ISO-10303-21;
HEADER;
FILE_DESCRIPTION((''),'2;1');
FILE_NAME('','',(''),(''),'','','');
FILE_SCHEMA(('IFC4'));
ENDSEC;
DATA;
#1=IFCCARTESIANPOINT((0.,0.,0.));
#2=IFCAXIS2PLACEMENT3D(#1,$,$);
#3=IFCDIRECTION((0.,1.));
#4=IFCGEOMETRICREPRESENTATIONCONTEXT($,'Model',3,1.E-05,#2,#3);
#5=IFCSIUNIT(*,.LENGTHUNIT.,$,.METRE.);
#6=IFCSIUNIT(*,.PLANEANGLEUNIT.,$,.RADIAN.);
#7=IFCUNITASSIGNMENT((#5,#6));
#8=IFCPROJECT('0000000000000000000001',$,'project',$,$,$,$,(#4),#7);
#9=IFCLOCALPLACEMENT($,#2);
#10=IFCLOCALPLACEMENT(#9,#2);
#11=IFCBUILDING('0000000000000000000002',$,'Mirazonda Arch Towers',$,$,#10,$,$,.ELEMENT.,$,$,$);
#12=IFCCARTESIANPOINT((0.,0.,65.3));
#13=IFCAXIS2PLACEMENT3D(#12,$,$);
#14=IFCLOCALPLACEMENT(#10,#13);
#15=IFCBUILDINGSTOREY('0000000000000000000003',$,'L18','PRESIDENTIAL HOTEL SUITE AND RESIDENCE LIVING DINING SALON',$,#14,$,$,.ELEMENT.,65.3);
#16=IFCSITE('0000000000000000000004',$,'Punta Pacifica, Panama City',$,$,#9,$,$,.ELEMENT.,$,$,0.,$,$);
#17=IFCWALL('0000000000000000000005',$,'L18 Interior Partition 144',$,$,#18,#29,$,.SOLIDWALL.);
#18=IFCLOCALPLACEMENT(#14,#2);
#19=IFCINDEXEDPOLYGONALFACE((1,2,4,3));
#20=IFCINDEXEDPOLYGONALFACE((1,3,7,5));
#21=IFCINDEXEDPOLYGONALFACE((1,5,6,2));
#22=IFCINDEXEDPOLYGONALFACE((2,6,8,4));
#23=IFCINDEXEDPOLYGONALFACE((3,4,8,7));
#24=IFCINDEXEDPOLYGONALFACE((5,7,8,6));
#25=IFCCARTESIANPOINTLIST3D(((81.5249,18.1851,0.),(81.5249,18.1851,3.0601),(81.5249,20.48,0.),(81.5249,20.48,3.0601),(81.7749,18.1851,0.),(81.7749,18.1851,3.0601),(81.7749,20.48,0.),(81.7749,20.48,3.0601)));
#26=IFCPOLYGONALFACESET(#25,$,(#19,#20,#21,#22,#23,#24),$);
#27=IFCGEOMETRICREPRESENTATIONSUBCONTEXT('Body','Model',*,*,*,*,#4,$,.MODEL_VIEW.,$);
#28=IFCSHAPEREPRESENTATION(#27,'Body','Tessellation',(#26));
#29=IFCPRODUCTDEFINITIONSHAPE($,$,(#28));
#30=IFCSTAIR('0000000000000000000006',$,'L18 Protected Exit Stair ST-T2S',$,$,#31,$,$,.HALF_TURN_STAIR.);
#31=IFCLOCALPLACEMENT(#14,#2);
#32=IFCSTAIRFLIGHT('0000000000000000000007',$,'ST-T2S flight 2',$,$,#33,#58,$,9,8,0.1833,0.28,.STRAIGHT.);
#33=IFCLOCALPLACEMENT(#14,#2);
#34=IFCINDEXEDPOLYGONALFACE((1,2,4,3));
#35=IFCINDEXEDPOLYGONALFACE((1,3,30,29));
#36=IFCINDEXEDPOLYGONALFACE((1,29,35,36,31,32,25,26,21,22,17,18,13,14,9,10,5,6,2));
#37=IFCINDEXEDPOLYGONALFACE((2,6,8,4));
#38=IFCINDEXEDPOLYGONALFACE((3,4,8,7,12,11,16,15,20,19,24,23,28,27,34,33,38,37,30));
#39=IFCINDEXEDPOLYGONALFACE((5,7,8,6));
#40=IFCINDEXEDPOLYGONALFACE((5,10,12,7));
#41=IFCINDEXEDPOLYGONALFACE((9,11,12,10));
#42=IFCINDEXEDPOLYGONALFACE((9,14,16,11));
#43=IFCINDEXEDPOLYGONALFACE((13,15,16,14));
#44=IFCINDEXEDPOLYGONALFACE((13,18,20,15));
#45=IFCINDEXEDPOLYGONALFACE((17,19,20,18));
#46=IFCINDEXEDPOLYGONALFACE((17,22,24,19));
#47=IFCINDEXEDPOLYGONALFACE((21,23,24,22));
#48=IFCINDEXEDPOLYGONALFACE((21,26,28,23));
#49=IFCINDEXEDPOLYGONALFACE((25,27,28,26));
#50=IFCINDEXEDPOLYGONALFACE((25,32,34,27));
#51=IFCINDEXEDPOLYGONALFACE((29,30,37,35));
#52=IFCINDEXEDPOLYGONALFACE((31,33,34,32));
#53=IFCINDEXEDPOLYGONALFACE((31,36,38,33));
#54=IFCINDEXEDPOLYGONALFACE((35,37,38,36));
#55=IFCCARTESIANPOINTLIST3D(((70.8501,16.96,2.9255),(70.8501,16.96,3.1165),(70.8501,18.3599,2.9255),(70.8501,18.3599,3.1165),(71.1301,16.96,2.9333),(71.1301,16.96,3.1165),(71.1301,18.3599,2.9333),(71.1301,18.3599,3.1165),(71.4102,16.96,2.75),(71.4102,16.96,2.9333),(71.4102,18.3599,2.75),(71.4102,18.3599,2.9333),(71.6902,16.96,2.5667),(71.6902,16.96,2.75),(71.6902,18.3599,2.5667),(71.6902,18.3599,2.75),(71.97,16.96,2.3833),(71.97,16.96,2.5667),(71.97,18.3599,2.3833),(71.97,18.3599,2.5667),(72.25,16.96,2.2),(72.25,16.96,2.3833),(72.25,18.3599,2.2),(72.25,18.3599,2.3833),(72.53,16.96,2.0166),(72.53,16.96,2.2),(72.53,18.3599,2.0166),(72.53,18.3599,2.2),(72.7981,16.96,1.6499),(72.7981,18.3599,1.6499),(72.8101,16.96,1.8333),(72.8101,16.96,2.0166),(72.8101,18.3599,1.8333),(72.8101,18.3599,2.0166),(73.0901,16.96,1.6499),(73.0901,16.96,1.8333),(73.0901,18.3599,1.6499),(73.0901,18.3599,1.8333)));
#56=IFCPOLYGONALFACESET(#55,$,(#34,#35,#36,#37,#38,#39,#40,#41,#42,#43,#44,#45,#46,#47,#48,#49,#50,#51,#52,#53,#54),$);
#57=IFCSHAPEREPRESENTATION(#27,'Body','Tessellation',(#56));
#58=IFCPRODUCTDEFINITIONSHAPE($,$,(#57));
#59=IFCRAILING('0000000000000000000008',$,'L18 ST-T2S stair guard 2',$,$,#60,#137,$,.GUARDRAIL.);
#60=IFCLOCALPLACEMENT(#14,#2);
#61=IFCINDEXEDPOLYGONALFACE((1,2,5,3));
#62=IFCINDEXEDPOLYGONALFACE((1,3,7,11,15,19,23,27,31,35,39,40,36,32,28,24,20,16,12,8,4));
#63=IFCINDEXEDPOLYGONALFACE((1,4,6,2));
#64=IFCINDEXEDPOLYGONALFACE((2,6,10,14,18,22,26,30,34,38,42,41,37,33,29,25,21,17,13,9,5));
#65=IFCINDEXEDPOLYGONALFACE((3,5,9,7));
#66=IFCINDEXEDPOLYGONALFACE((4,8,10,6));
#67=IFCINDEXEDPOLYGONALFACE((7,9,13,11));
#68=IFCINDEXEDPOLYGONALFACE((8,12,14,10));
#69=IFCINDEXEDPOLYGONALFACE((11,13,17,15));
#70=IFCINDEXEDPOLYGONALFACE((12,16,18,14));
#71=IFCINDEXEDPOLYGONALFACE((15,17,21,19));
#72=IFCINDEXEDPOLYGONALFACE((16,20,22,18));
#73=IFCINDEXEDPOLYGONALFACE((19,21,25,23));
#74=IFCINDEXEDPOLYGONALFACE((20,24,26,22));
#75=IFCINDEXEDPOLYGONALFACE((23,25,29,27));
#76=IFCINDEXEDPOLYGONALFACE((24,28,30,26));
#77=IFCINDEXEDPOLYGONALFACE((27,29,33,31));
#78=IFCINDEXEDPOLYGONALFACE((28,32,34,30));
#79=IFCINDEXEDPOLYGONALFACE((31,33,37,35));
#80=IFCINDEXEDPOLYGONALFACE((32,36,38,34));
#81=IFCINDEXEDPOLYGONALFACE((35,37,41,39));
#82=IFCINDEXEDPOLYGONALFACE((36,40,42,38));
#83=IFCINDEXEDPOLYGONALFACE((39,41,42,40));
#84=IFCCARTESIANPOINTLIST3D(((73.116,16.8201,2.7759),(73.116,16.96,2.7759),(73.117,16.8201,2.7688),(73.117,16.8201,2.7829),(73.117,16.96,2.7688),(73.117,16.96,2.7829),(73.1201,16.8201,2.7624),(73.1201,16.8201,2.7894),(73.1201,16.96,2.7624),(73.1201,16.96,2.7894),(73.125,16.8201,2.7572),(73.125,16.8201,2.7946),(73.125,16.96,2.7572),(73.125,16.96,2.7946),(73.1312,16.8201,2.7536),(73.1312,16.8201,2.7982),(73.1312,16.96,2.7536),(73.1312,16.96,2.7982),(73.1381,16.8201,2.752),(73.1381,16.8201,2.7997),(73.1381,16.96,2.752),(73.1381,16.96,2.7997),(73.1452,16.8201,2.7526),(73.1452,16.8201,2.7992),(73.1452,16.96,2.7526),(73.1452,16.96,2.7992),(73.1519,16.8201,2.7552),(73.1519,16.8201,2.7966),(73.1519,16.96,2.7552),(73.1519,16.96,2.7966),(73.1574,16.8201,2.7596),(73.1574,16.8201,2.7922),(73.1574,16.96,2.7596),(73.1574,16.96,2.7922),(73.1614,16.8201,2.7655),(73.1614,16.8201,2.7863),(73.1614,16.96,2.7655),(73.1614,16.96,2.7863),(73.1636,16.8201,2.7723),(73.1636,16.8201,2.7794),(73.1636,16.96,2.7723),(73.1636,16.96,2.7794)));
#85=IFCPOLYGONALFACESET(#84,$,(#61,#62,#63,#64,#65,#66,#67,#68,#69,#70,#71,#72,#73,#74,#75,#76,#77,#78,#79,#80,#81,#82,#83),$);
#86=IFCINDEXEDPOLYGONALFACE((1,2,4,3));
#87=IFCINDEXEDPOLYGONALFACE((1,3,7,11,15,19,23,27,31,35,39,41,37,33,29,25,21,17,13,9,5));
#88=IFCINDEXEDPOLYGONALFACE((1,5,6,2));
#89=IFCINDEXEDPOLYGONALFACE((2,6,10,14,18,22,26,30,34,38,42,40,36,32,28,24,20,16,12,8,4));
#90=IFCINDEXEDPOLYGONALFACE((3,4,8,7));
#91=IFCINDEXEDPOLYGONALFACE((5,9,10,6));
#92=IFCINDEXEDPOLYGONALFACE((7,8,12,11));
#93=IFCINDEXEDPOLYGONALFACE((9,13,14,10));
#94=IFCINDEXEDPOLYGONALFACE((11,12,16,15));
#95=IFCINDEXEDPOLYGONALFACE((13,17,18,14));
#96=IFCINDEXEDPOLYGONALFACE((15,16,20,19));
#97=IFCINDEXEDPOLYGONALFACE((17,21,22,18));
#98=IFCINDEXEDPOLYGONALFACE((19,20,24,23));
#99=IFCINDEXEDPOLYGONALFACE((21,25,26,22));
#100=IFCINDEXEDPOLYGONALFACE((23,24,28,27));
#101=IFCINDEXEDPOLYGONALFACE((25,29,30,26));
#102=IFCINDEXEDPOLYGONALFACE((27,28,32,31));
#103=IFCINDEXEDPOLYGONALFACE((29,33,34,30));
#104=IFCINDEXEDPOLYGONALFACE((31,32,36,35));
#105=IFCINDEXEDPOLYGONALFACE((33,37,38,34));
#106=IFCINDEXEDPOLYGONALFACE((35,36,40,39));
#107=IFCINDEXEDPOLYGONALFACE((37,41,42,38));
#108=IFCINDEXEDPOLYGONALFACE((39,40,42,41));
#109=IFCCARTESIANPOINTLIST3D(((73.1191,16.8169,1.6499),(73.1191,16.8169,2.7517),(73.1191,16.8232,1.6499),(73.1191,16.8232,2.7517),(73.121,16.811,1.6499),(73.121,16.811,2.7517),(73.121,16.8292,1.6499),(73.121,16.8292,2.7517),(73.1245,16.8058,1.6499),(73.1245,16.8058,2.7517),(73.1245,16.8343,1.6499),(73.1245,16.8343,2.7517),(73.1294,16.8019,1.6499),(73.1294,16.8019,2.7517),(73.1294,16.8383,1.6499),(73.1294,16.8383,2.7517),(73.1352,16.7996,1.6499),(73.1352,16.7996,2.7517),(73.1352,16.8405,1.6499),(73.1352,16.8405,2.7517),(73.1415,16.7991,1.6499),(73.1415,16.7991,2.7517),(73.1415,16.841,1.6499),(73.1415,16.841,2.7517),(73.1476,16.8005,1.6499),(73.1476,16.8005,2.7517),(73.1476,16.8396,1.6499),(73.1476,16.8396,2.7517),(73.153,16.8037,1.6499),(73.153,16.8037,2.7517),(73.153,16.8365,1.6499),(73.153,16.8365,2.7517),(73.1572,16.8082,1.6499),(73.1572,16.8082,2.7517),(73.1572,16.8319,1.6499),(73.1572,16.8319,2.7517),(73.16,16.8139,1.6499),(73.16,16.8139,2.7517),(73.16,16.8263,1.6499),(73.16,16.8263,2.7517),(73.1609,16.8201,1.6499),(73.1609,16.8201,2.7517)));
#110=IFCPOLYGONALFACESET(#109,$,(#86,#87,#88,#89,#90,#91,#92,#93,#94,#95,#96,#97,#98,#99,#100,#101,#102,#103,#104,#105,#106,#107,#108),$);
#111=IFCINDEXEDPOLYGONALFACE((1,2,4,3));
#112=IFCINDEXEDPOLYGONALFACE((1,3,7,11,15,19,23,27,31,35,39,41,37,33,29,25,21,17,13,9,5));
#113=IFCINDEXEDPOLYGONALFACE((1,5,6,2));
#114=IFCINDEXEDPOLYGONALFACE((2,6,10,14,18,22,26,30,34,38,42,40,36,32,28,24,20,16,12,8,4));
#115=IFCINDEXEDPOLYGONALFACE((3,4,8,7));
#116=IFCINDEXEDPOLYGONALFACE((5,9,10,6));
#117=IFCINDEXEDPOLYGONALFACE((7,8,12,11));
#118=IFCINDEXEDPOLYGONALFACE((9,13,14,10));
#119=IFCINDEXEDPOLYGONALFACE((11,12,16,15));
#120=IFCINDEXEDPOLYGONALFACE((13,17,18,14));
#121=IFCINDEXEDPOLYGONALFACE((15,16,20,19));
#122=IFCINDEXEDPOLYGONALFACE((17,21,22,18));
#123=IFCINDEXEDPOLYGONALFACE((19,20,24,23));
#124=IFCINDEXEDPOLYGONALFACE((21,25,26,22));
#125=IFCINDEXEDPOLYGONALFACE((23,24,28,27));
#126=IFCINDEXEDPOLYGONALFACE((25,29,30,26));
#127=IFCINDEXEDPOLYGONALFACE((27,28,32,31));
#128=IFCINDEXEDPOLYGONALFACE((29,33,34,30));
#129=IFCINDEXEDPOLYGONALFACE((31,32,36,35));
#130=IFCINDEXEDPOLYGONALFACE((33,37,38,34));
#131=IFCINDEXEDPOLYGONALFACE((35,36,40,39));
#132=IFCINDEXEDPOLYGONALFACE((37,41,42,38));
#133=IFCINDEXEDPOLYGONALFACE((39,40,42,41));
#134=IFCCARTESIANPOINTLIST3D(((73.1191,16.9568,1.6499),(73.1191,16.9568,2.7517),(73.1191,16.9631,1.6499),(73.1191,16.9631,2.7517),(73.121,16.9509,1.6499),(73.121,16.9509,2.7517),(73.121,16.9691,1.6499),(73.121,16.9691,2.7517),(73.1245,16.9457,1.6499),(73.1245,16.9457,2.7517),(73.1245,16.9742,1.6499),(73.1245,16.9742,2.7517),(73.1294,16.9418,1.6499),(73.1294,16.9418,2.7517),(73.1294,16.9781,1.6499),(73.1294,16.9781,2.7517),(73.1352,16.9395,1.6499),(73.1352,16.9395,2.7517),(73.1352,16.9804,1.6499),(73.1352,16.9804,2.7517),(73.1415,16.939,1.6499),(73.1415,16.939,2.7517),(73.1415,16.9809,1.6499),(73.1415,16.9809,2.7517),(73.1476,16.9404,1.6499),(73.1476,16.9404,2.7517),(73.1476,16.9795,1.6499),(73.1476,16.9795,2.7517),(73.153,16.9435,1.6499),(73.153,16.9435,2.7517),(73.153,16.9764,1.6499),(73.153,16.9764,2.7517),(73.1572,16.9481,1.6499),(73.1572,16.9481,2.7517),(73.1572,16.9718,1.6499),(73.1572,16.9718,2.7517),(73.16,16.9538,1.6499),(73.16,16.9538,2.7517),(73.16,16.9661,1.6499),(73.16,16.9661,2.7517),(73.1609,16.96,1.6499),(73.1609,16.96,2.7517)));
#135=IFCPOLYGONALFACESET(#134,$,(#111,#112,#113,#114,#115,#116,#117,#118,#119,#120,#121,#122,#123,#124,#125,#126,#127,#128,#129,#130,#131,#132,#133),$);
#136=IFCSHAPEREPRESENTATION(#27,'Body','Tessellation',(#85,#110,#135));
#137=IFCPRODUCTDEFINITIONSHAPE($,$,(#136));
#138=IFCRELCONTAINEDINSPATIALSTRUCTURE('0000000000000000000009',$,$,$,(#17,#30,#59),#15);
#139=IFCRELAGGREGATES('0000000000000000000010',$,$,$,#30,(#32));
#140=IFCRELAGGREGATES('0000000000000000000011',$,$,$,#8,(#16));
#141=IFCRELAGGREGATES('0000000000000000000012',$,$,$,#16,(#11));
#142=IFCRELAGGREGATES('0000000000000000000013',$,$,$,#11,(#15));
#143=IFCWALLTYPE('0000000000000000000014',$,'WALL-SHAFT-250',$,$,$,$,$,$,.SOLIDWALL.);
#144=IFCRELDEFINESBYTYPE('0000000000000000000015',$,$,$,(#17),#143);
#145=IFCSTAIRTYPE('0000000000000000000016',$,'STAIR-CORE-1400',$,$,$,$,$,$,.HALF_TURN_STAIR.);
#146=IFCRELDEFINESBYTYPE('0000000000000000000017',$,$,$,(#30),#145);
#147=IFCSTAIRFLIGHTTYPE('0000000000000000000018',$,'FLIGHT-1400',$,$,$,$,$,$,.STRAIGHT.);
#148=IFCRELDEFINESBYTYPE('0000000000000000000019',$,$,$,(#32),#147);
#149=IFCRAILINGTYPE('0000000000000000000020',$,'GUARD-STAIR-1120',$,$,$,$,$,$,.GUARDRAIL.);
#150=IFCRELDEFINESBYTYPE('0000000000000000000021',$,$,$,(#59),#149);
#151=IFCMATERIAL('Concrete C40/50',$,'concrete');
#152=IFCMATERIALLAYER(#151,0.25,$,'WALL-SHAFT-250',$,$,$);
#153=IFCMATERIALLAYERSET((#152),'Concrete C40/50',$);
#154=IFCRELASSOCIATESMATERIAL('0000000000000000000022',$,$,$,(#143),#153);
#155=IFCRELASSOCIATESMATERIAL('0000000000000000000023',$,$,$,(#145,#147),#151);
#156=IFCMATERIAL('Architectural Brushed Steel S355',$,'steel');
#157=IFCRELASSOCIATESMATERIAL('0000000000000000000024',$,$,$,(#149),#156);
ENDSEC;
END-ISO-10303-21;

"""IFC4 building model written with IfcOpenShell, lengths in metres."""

from ifc_helpers import new_model, si_unit, direction, frame, frame_2d, origin, origin_2d, place, context, subcontext, project, spatial, polyline, rectangle, circle, outline, extrude, material, layer, layer_set, type_object, element, aggregate, save


model = new_model("IFC4")

# Units and contexts
model_context = context("Model", 3, precision=1e-05, world=origin(), true_north=direction((0.0, 1.0)))
body_context = subcontext(model_context, "Body", "Model", "MODEL_VIEW")
ifc_project = project(units=[si_unit("LENGTHUNIT", "METRE"), si_unit("PLANEANGLEUNIT", "RADIAN")], contexts=[model_context])

# Site, building, storey
site_placement = place(None, origin())
site = spatial("IfcSite", under=ifc_project, at=site_placement, Name="Punta Pacifica, Panama City", CompositionType="ELEMENT", RefElevation=0.0)
building_placement = place(site_placement, origin())
building = spatial("IfcBuilding", under=site, at=building_placement, Name="Mirazonda Arch Towers", CompositionType="ELEMENT")
storey_placement = place(building_placement, frame((0.0, 0.0, 65.3)))
storey = spatial("IfcBuildingStorey", under=building, at=storey_placement, Name="L18", Description="PRESIDENTIAL HOTEL SUITE AND RESIDENCE LIVING DINING SALON", CompositionType="ELEMENT", Elevation=65.3)

# Wall
ifc_material_1 = material(Name="Concrete C40/50", Category="concrete")
ifc_layer_1 = layer(ifc_material_1, 0.25, Name="WALL-SHAFT-250")
ifc_layer_set_1 = layer_set([ifc_layer_1], Name="Concrete C40/50")
wall_type_1 = type_object("IfcWallType", Name="WALL-SHAFT-250", PredefinedType="SOLIDWALL", material=ifc_layer_set_1)
wall_1_placement = place(storey_placement, frame((81.6499, 18.1851, 0.0), z_axis=(0.0, 0.0, 1.0), x_axis=(0.0, 1.0, 0.0)))
element("IfcWall", 1, at=wall_1_placement, inside=storey, type_object=wall_type_1, Name="L18 Interior Partition 144", PredefinedType="SOLIDWALL", context=body_context, shape_type="SweptSolid", body=[
    extrude(rectangle(XDim=2.2949, YDim=0.25, at=frame_2d((1.1475, 0.0))), origin(), (0.0, 0.0, 1.0), 3.0601),
])

# Stair, stair flight
stair_type = type_object("IfcStairType", Name="STAIR-CORE-1400", PredefinedType="HALF_TURN_STAIR", material=ifc_material_1)
stair_placement = place(storey_placement, origin())
stair = element("IfcStair", 2, at=stair_placement, inside=storey, type_object=stair_type, Name="L18 Protected Exit Stair ST-T2S", PredefinedType="HALF_TURN_STAIR")
stair_flight_type = type_object("IfcStairFlightType", Name="FLIGHT-1400", PredefinedType="STRAIGHT", material=ifc_material_1)
stair_flight_placement = place(storey_placement, frame((73.0901, 17.6599, 1.6499), z_axis=(0.0, 0.0, 1.0), x_axis=(-1.0, 0.0, 0.0)))
stair_flight = element("IfcStairFlight", 3, at=stair_flight_placement, type_object=stair_flight_type, Name="ST-T2S flight 2", NumberOfRisers=9, NumberOfTreads=8, PredefinedType="STRAIGHT", RiserHeight=0.1833, TreadLength=0.28, context=body_context, shape_type="SweptSolid", body=[
    extrude(outline(polyline([(0.0, 0.0), (0.0, 0.1833), (0.28, 0.1833), (0.28, 0.3667), (0.5601, 0.3667), (0.5601, 0.55), (0.8401, 0.55), (0.8401, 0.7334), (1.1201, 0.7334), (1.1201, 0.9167), (1.3999, 0.9167), (1.3999, 1.1001), (1.6799, 1.1001), (1.6799, 1.2834), (1.96, 1.2834), (1.96, 1.4666), (2.24, 1.4666), (2.24, 1.6499), (2.24, 1.2756), (0.292, 0.0), (0.0, 0.0)])), frame((0.0, 0.7, 0.0), z_axis=(0.0, -1.0, 0.0), x_axis=(1.0, 0.0, 0.0)), (0.0, 0.0, 1.0), 1.3999),
])
aggregate(stair, [stair_flight])

# Railing
ifc_material_2 = material(Name="Architectural Brushed Steel S355", Category="steel")
railing_type_1 = type_object("IfcRailingType", Name="GUARD-STAIR-1120", PredefinedType="GUARDRAIL", material=ifc_material_2)
railing_1_placement = place(storey_placement, frame((73.1399, 16.8201, 1.6499)))
element("IfcRailing", 4, at=railing_1_placement, inside=storey, type_object=railing_type_1, Name="L18 ST-T2S stair guard 2", PredefinedType="GUARDRAIL", context=body_context, shape_type="SweptSolid", body=[
    extrude(circle(Radius=0.0239, at=origin_2d()), frame((0.0, 0.0, 1.126), z_axis=(0.0, 1.0, 0.0), x_axis=(-1.0, 0.0, 0.0)), (0.0, 0.0, 1.0), 0.1399),
    extrude(circle(Radius=0.021, at=origin_2d()), origin(), (0.0, 0.0, 1.0), 1.1018),
    extrude(circle(Radius=0.021, at=origin_2d()), frame((0.0, 0.1399, 0.0)), (0.0, 0.0, 1.0), 1.1018),
])

save(model, "model.ifc")
